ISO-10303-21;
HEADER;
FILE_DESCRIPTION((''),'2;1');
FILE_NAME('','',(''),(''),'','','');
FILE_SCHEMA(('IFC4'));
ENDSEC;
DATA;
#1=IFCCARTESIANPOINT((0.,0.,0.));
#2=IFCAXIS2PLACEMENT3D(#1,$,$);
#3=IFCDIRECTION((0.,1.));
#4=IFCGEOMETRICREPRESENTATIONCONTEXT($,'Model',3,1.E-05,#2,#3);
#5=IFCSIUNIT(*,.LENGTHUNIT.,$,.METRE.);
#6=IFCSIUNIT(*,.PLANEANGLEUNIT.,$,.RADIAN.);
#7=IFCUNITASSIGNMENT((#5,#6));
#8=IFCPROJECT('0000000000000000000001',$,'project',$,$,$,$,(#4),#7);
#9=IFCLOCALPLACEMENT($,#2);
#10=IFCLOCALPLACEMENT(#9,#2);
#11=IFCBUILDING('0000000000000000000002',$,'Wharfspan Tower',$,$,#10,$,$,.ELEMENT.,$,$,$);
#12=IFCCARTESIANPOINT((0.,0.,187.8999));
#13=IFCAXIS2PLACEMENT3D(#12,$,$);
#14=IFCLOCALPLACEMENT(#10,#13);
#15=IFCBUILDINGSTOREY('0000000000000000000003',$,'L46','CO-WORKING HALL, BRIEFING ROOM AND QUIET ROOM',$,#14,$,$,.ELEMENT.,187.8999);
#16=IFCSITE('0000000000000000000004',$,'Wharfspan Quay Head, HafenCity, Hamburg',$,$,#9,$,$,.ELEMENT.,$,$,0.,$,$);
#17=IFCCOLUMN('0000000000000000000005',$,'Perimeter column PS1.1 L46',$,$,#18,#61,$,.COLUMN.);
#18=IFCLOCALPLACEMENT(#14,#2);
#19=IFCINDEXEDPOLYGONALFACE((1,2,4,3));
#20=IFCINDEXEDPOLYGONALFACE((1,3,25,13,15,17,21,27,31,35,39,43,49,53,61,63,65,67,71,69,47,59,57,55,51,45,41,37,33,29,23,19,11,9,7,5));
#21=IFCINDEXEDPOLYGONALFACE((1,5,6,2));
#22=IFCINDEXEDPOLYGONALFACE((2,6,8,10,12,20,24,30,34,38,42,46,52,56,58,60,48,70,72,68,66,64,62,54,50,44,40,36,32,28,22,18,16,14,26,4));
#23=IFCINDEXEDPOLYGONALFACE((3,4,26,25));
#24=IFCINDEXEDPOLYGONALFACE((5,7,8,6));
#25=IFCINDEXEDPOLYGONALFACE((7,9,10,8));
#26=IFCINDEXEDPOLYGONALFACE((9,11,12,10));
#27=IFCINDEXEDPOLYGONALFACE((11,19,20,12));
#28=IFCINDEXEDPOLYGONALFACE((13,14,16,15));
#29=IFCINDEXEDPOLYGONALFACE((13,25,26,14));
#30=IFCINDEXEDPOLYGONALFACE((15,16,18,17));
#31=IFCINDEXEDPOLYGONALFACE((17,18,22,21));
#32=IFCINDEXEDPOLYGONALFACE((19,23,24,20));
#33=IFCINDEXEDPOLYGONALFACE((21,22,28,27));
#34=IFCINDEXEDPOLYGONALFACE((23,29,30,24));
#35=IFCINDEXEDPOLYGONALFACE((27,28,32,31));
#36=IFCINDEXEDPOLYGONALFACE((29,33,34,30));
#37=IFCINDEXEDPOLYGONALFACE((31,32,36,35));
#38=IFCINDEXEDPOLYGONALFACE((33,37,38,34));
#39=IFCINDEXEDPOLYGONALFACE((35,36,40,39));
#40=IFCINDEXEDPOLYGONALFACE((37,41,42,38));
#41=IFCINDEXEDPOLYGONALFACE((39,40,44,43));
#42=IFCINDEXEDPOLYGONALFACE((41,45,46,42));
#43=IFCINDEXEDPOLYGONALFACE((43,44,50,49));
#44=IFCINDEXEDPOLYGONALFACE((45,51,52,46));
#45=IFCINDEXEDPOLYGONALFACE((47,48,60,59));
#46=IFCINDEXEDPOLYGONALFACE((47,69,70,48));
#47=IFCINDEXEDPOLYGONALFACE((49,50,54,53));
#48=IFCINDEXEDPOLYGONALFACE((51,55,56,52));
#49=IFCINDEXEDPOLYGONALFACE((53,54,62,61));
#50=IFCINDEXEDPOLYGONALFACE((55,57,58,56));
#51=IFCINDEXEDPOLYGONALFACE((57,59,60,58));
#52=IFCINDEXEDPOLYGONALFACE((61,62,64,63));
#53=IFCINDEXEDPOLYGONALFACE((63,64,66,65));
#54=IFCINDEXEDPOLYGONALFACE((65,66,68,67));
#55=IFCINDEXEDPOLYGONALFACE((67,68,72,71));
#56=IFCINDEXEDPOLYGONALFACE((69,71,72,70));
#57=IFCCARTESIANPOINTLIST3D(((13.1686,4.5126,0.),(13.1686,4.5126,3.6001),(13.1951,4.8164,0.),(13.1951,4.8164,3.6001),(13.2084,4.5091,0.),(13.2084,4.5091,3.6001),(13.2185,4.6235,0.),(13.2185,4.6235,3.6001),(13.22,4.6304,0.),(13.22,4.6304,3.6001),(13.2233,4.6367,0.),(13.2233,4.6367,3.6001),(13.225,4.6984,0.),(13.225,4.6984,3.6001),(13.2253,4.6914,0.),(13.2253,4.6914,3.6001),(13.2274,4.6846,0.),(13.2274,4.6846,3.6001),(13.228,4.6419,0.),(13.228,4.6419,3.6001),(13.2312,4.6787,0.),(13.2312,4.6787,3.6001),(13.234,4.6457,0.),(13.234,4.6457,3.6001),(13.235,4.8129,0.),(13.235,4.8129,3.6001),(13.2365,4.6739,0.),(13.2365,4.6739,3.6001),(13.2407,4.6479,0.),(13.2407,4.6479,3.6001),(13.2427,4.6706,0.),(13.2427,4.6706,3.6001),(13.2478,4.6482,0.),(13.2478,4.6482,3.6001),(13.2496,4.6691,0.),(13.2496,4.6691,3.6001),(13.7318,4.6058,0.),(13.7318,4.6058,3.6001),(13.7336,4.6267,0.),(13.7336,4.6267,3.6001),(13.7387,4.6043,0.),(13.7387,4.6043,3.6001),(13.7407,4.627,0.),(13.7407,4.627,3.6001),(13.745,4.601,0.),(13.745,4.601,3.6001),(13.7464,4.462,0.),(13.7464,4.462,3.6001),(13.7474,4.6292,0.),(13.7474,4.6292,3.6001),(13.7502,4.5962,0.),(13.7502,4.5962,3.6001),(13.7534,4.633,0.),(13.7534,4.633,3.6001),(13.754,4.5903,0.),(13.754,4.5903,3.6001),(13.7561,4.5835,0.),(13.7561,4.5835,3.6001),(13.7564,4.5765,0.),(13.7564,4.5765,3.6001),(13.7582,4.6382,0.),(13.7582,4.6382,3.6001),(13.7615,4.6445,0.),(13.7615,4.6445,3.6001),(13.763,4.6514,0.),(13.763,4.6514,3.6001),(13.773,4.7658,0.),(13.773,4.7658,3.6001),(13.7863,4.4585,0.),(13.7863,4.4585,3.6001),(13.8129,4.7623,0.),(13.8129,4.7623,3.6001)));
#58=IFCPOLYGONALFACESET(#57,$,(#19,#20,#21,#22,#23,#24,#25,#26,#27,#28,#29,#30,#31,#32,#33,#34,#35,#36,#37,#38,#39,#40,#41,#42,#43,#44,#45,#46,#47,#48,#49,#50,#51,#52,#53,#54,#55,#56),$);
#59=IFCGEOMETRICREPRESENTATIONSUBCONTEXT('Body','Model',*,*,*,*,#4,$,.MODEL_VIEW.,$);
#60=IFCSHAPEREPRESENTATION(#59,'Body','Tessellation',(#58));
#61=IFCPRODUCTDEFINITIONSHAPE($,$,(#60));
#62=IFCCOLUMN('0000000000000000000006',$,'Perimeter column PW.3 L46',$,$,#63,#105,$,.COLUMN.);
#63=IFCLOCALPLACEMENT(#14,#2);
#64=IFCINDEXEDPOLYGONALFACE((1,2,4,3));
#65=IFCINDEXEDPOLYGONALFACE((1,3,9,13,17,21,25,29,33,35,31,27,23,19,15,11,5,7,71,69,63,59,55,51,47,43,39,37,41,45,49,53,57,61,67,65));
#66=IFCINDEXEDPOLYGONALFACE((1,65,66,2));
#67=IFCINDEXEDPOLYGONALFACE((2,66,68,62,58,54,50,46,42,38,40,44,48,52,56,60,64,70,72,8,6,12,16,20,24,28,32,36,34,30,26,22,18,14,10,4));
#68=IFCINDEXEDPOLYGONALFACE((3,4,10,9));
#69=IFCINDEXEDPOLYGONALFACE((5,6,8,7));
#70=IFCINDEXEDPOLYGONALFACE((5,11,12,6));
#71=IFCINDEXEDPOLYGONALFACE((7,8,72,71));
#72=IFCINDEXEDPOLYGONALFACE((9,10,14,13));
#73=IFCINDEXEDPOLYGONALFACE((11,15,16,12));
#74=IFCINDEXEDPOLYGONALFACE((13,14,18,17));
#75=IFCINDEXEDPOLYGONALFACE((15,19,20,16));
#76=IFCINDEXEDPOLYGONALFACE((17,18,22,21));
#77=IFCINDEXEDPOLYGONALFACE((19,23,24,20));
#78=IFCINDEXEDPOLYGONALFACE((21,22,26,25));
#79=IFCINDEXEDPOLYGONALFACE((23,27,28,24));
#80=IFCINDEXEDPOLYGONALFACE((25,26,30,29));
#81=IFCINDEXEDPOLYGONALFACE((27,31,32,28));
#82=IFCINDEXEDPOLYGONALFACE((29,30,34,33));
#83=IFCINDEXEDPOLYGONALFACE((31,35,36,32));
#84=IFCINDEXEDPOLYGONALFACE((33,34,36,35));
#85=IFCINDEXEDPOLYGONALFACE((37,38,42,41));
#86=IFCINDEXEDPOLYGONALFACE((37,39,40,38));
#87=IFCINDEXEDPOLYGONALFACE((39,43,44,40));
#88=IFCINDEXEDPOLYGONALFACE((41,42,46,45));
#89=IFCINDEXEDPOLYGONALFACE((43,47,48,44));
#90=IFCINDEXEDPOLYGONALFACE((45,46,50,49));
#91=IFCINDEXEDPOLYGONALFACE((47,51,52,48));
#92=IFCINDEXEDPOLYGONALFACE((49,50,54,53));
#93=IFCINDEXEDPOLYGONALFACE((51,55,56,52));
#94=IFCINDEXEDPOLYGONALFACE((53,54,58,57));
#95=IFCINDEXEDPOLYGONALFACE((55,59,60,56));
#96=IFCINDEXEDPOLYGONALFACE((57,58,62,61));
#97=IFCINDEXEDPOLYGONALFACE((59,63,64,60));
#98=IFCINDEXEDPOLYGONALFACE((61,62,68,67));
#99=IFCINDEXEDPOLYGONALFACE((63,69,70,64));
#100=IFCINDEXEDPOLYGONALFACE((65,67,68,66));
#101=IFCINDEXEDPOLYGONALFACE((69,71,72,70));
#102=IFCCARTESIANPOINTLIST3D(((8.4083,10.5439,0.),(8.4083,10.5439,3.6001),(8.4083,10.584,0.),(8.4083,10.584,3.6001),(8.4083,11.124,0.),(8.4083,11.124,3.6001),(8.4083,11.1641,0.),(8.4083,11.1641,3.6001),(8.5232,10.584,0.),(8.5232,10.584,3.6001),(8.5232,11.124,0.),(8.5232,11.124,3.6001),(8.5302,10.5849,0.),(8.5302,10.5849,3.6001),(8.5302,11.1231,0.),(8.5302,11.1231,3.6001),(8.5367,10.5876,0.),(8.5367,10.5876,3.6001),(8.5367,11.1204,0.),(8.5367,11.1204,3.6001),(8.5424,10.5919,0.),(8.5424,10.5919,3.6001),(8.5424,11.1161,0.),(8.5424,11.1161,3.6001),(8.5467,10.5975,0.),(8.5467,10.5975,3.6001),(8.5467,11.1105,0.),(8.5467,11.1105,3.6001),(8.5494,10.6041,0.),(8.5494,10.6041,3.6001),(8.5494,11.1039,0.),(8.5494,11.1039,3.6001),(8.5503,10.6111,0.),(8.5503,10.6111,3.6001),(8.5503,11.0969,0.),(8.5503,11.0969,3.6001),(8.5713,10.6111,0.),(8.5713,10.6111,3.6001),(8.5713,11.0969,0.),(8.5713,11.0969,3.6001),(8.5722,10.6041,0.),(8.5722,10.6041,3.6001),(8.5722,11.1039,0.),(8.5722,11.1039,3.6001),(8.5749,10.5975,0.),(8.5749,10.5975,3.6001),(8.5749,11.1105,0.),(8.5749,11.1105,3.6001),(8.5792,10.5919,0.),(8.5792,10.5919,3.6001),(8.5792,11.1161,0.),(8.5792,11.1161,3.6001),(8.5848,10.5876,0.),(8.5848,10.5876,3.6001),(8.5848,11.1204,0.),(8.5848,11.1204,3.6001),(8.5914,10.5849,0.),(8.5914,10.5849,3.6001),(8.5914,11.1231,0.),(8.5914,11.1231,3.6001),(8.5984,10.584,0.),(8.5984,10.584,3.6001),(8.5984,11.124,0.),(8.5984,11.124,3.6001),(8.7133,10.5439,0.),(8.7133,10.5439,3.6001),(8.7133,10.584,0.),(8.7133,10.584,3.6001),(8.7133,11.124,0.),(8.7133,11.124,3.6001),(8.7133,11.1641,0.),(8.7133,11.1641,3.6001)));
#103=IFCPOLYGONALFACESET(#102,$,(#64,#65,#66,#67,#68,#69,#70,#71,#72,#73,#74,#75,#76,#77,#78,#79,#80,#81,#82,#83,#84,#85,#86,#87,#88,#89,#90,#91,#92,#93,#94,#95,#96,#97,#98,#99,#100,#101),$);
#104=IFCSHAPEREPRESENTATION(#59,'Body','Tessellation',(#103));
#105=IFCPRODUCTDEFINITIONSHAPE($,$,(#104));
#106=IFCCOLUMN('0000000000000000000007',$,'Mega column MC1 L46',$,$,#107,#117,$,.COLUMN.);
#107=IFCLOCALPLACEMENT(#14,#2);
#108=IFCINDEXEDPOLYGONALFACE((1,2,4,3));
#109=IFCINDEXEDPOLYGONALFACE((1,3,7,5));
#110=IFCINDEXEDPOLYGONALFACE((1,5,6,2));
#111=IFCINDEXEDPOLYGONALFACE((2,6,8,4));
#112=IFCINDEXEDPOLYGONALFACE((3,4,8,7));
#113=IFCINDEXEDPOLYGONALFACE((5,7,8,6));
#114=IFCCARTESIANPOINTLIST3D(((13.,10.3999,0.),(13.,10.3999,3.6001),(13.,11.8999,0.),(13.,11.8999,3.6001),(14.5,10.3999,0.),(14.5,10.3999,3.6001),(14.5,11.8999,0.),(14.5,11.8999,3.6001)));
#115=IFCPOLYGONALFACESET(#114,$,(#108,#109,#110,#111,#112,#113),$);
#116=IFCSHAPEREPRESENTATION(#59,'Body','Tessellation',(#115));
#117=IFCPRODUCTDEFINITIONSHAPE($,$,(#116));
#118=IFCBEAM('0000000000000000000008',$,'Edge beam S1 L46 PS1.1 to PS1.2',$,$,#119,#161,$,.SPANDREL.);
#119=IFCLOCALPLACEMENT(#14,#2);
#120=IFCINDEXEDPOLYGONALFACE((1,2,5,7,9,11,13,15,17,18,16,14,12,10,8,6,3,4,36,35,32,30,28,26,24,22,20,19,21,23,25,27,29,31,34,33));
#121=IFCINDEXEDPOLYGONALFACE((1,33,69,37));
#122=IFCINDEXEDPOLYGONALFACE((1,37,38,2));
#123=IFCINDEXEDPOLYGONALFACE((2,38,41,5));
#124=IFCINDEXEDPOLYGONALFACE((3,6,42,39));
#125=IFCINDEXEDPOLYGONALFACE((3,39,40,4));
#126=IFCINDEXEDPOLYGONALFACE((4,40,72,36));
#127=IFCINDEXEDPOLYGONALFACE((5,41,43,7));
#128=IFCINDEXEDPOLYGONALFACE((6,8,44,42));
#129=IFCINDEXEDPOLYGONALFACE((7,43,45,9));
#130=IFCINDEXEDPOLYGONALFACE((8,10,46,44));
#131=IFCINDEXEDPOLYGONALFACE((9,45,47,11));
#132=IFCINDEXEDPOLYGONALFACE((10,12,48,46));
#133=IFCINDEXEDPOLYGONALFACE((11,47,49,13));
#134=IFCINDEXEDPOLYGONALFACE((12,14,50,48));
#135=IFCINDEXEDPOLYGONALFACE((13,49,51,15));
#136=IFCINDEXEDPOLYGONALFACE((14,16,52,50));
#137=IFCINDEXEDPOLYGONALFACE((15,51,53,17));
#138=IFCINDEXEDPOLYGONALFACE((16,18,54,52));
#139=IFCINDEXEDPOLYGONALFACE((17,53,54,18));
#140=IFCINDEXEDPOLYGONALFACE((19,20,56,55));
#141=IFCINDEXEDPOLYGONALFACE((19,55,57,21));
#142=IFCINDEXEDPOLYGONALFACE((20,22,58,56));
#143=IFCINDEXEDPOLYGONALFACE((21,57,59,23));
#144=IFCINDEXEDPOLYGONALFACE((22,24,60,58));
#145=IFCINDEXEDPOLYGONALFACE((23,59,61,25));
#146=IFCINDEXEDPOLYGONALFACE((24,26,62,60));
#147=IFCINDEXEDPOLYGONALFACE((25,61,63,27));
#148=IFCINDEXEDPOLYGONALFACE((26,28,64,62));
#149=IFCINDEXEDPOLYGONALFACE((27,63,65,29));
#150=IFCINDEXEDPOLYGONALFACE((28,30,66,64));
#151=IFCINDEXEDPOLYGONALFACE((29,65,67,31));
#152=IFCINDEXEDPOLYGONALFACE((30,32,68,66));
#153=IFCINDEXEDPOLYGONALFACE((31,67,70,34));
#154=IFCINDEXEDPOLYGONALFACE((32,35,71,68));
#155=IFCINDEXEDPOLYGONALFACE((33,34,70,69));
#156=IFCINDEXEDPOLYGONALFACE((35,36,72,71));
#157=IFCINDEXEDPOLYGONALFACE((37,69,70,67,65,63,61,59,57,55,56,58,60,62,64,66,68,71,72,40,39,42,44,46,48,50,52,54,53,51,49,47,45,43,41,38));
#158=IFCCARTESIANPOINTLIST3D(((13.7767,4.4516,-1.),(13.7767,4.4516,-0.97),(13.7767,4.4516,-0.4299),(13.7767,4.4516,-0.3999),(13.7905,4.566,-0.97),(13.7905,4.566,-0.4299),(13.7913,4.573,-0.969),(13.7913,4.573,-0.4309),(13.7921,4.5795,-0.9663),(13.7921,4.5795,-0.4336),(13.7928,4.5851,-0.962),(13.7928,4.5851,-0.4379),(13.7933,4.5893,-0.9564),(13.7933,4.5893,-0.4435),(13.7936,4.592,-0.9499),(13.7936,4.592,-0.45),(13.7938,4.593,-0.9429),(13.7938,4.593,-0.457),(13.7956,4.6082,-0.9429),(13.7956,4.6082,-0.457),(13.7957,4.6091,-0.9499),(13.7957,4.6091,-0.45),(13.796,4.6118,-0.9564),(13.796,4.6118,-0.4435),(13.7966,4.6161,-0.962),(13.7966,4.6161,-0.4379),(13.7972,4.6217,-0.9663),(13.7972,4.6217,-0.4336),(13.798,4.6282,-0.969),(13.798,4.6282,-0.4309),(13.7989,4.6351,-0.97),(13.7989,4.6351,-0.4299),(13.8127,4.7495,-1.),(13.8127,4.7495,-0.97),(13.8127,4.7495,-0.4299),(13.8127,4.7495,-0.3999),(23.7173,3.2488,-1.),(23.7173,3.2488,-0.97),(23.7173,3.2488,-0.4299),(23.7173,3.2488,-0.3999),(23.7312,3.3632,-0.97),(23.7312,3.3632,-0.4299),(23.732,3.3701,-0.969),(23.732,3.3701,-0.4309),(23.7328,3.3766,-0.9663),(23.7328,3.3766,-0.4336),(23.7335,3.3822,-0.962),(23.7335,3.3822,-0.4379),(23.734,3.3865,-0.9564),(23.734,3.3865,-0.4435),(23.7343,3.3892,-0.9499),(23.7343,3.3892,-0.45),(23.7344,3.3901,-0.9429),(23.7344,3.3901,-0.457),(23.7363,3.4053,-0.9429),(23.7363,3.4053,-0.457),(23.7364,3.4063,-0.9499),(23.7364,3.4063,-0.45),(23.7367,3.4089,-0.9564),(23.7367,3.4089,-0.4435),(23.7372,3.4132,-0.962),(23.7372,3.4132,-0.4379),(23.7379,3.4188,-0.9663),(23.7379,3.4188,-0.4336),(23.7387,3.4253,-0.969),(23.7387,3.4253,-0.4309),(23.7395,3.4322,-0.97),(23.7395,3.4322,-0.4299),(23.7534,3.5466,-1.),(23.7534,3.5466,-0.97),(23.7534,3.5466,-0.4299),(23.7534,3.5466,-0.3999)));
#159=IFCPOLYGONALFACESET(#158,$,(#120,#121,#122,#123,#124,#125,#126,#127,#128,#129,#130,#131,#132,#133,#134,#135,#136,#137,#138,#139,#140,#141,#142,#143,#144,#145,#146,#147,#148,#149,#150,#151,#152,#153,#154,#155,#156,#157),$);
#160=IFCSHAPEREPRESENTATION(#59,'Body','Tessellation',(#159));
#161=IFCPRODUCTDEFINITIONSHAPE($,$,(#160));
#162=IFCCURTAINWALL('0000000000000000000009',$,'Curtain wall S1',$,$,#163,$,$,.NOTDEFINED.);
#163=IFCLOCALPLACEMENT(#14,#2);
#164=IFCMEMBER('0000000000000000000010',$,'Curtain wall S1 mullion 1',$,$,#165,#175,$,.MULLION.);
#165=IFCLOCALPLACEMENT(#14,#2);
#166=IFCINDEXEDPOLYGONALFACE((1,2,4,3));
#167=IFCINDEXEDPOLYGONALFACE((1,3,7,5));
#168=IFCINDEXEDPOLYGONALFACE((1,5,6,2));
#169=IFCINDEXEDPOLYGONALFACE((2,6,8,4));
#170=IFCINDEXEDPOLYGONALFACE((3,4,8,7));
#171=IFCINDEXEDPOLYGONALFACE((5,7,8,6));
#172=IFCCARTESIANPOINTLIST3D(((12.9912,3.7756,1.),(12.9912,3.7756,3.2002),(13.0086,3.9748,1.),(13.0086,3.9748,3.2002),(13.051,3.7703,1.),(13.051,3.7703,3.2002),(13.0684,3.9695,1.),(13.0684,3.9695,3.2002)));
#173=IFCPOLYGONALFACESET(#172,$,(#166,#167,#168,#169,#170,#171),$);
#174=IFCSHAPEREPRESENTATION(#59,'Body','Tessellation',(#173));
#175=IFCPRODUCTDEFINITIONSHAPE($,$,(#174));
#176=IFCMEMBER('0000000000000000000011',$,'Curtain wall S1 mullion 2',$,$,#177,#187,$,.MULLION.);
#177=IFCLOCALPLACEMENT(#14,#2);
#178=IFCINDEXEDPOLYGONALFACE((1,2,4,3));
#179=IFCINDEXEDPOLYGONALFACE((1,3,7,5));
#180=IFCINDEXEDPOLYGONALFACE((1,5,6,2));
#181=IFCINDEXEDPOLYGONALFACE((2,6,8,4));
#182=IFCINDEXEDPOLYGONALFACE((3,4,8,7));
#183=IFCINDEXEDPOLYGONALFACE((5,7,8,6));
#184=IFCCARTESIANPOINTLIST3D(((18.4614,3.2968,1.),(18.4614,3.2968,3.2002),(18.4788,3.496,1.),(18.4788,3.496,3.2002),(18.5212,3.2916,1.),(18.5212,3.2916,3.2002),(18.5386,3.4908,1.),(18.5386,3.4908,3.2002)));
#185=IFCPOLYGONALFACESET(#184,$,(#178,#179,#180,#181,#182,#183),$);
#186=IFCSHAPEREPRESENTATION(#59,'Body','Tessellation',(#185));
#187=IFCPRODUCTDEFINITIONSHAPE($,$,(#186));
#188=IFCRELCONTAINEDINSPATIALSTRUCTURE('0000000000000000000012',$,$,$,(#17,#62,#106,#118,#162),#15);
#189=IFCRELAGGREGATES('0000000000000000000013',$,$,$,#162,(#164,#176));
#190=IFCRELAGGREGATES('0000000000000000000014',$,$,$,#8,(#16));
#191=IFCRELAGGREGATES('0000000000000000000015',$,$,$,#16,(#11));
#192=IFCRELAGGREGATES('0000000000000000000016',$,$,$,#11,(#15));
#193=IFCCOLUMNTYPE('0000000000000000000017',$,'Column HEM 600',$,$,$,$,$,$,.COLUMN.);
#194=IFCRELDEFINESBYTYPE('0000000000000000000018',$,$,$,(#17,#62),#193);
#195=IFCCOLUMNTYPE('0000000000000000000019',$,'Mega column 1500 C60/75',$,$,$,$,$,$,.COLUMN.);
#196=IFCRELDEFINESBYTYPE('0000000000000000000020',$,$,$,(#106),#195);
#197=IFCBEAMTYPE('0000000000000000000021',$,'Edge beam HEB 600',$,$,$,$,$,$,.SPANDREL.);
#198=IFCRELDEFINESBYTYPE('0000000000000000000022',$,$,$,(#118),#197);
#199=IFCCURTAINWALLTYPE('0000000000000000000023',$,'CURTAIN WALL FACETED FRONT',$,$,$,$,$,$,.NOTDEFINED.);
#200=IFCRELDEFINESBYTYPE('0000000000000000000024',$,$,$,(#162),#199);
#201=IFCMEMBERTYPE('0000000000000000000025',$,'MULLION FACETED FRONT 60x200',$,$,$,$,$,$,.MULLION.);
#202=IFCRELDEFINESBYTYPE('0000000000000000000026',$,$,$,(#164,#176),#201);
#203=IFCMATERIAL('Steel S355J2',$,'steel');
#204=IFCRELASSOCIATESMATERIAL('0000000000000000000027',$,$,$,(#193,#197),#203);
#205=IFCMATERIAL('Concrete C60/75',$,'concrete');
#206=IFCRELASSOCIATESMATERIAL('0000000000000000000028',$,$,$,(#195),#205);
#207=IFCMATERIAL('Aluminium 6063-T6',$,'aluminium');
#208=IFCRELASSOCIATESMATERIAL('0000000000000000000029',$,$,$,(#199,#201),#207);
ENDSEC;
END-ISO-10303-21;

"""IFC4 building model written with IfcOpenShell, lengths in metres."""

from ifc_helpers import new_model, si_unit, direction, frame, origin, origin_2d, place, context, subcontext, project, spatial, rectangle, i_section, extrude, material, material_profile, profile_set, type_object, element, aggregate, save


model = new_model("IFC4")

# Units and contexts
model_context = context("Model", 3, precision=1e-05, world=origin(), true_north=direction((0.0, 1.0)))
body_context = subcontext(model_context, "Body", "Model", "MODEL_VIEW")
ifc_project = project(units=[si_unit("LENGTHUNIT", "METRE"), si_unit("PLANEANGLEUNIT", "RADIAN")], contexts=[model_context])

# Site, building, storey
site_placement = place(None, origin())
site = spatial("IfcSite", under=ifc_project, at=site_placement, Name="Wharfspan Quay Head, HafenCity, Hamburg", CompositionType="ELEMENT", RefElevation=0.0)
building_placement = place(site_placement, origin())
building = spatial("IfcBuilding", under=site, at=building_placement, Name="Wharfspan Tower", CompositionType="ELEMENT")
storey_placement = place(building_placement, frame((0.0, 0.0, 187.8999)))
storey = spatial("IfcBuildingStorey", under=building, at=storey_placement, Name="L46", Description="CO-WORKING HALL, BRIEFING ROOM AND QUIET ROOM", CompositionType="ELEMENT", Elevation=187.8999)

# Columns
ifc_material_1 = material(Name="Steel S355J2", Category="steel")
ifc_material_profile_1 = material_profile(ifc_material_1, i_section(OverallWidth=0.3049, OverallDepth=0.6201, WebThickness=0.021, FlangeThickness=0.04, FilletRadius=0.0271, at=origin_2d()))
ifc_profile_set_1 = profile_set([ifc_material_profile_1], Name="Steel S355J2")
column_type_1 = type_object("IfcColumnType", Name="Column HEM 600", PredefinedType="COLUMN", material=ifc_profile_set_1)
for number, where, z_axis, x_axis, name in (
    (1, (13.4907, 4.6375, 0.0), (0.0, 0.0, 1.0), (-0.087156, -0.996198, 0.0), "Perimeter column PS1.1 L46"),
    (2, (8.5608, 10.854, 0.0), (0.0, 0.0, 1.0), (-1.0, 0.0, 0.0), "Perimeter column PW.3 L46"),
):
    element("IfcColumn", number, at=place(storey_placement, frame(where, z_axis=z_axis, x_axis=x_axis)), inside=storey, type_object=column_type_1, Name=name, PredefinedType="COLUMN", context=body_context, shape_type="SweptSolid", body=[
        extrude(i_section(OverallWidth=0.3049, OverallDepth=0.6201, WebThickness=0.021, FlangeThickness=0.04, FilletRadius=0.0271, at=origin_2d()), origin(), (0.0, 0.0, 1.0), 3.6001),
    ])
ifc_material_2 = material(Name="Concrete C60/75", Category="concrete")
ifc_material_profile_2 = material_profile(ifc_material_2, rectangle(XDim=1.5, YDim=1.5, at=origin_2d()))
ifc_profile_set_2 = profile_set([ifc_material_profile_2], Name="Concrete C60/75")
column_type_2 = type_object("IfcColumnType", Name="Mega column 1500 C60/75", PredefinedType="COLUMN", material=ifc_profile_set_2)
column_placement = place(storey_placement, frame((13.75, 11.1499, 0.0), z_axis=(0.0, 0.0, 1.0), x_axis=(1.0, 0.0, 0.0)))
element("IfcColumn", 3, at=column_placement, inside=storey, type_object=column_type_2, Name="Mega column MC1 L46", PredefinedType="COLUMN", context=body_context, shape_type="SweptSolid", body=[
    extrude(rectangle(XDim=1.5, YDim=1.5, at=origin_2d()), origin(), (0.0, 0.0, 1.0), 3.6001),
])

# Beam
ifc_material_profile_3 = material_profile(ifc_material_1, i_section(OverallWidth=0.3, OverallDepth=0.6001, WebThickness=0.0154, FlangeThickness=0.03, FilletRadius=0.0271, at=origin_2d()))
ifc_profile_set_3 = profile_set([ifc_material_profile_3], Name="Steel S355J2")
beam_type = type_object("IfcBeamType", Name="Edge beam HEB 600", PredefinedType="SPANDREL", material=ifc_profile_set_3)
beam_placement = place(storey_placement, frame((13.7947, 4.6006, -0.7), z_axis=(0.992758, -0.12013, 0.0), x_axis=(0.12013, 0.992758, 0.0)))
element("IfcBeam", 4, at=beam_placement, inside=storey, type_object=beam_type, Name="Edge beam S1 L46 PS1.1 to PS1.2", PredefinedType="SPANDREL", context=body_context, shape_type="SweptSolid", body=[
    extrude(i_section(OverallWidth=0.3, OverallDepth=0.6001, WebThickness=0.0154, FlangeThickness=0.03, FilletRadius=0.0271, at=origin_2d()), origin(), (0.0, 0.0, 1.0), 10.0132),
])

# Curtain wall, members
ifc_material_3 = material(Name="Aluminium 6063-T6", Category="aluminium")
curtain_wall_type_1 = type_object("IfcCurtainWallType", Name="CURTAIN WALL FACETED FRONT", PredefinedType="NOTDEFINED", material=ifc_material_3)
curtain_wall_1_placement = place(storey_placement, origin())
curtain_wall_1 = element("IfcCurtainWall", 5, at=curtain_wall_1_placement, inside=storey, type_object=curtain_wall_type_1, Name="Curtain wall S1", PredefinedType="NOTDEFINED")
ifc_material_profile_4 = material_profile(ifc_material_3, rectangle(XDim=0.2, YDim=0.0601, at=origin_2d()))
ifc_profile_set_4 = profile_set([ifc_material_profile_4], Name="Aluminium 6063-T6")
member_type_1 = type_object("IfcMemberType", Name="MULLION FACETED FRONT 60x200", PredefinedType="MULLION", material=ifc_profile_set_4)
member_1_placement = place(storey_placement, frame((13.0298, 3.8726, 1.0), z_axis=(0.0, 0.0, 1.0), x_axis=(0.087156, 0.996198, 0.0)))
member_1 = element("IfcMember", 6, at=member_1_placement, type_object=member_type_1, Name="Curtain wall S1 mullion 1", PredefinedType="MULLION", context=body_context, shape_type="SweptSolid", body=[
    extrude(rectangle(XDim=0.2, YDim=0.0601, at=origin_2d()), origin(), (0.0, 0.0, 1.0), 2.2002),
])
member_2_placement = place(storey_placement, frame((18.5, 3.3938, 1.0), z_axis=(0.0, 0.0, 1.0), x_axis=(0.087156, 0.996198, 0.0)))
member_2 = element("IfcMember", 7, at=member_2_placement, type_object=member_type_1, Name="Curtain wall S1 mullion 2", PredefinedType="MULLION", context=body_context, shape_type="SweptSolid", body=[
    extrude(rectangle(XDim=0.2, YDim=0.0601, at=origin_2d()), origin(), (0.0, 0.0, 1.0), 2.2002),
])

aggregate(curtain_wall_1, [member_1, member_2])

save(model, "model.ifc")
